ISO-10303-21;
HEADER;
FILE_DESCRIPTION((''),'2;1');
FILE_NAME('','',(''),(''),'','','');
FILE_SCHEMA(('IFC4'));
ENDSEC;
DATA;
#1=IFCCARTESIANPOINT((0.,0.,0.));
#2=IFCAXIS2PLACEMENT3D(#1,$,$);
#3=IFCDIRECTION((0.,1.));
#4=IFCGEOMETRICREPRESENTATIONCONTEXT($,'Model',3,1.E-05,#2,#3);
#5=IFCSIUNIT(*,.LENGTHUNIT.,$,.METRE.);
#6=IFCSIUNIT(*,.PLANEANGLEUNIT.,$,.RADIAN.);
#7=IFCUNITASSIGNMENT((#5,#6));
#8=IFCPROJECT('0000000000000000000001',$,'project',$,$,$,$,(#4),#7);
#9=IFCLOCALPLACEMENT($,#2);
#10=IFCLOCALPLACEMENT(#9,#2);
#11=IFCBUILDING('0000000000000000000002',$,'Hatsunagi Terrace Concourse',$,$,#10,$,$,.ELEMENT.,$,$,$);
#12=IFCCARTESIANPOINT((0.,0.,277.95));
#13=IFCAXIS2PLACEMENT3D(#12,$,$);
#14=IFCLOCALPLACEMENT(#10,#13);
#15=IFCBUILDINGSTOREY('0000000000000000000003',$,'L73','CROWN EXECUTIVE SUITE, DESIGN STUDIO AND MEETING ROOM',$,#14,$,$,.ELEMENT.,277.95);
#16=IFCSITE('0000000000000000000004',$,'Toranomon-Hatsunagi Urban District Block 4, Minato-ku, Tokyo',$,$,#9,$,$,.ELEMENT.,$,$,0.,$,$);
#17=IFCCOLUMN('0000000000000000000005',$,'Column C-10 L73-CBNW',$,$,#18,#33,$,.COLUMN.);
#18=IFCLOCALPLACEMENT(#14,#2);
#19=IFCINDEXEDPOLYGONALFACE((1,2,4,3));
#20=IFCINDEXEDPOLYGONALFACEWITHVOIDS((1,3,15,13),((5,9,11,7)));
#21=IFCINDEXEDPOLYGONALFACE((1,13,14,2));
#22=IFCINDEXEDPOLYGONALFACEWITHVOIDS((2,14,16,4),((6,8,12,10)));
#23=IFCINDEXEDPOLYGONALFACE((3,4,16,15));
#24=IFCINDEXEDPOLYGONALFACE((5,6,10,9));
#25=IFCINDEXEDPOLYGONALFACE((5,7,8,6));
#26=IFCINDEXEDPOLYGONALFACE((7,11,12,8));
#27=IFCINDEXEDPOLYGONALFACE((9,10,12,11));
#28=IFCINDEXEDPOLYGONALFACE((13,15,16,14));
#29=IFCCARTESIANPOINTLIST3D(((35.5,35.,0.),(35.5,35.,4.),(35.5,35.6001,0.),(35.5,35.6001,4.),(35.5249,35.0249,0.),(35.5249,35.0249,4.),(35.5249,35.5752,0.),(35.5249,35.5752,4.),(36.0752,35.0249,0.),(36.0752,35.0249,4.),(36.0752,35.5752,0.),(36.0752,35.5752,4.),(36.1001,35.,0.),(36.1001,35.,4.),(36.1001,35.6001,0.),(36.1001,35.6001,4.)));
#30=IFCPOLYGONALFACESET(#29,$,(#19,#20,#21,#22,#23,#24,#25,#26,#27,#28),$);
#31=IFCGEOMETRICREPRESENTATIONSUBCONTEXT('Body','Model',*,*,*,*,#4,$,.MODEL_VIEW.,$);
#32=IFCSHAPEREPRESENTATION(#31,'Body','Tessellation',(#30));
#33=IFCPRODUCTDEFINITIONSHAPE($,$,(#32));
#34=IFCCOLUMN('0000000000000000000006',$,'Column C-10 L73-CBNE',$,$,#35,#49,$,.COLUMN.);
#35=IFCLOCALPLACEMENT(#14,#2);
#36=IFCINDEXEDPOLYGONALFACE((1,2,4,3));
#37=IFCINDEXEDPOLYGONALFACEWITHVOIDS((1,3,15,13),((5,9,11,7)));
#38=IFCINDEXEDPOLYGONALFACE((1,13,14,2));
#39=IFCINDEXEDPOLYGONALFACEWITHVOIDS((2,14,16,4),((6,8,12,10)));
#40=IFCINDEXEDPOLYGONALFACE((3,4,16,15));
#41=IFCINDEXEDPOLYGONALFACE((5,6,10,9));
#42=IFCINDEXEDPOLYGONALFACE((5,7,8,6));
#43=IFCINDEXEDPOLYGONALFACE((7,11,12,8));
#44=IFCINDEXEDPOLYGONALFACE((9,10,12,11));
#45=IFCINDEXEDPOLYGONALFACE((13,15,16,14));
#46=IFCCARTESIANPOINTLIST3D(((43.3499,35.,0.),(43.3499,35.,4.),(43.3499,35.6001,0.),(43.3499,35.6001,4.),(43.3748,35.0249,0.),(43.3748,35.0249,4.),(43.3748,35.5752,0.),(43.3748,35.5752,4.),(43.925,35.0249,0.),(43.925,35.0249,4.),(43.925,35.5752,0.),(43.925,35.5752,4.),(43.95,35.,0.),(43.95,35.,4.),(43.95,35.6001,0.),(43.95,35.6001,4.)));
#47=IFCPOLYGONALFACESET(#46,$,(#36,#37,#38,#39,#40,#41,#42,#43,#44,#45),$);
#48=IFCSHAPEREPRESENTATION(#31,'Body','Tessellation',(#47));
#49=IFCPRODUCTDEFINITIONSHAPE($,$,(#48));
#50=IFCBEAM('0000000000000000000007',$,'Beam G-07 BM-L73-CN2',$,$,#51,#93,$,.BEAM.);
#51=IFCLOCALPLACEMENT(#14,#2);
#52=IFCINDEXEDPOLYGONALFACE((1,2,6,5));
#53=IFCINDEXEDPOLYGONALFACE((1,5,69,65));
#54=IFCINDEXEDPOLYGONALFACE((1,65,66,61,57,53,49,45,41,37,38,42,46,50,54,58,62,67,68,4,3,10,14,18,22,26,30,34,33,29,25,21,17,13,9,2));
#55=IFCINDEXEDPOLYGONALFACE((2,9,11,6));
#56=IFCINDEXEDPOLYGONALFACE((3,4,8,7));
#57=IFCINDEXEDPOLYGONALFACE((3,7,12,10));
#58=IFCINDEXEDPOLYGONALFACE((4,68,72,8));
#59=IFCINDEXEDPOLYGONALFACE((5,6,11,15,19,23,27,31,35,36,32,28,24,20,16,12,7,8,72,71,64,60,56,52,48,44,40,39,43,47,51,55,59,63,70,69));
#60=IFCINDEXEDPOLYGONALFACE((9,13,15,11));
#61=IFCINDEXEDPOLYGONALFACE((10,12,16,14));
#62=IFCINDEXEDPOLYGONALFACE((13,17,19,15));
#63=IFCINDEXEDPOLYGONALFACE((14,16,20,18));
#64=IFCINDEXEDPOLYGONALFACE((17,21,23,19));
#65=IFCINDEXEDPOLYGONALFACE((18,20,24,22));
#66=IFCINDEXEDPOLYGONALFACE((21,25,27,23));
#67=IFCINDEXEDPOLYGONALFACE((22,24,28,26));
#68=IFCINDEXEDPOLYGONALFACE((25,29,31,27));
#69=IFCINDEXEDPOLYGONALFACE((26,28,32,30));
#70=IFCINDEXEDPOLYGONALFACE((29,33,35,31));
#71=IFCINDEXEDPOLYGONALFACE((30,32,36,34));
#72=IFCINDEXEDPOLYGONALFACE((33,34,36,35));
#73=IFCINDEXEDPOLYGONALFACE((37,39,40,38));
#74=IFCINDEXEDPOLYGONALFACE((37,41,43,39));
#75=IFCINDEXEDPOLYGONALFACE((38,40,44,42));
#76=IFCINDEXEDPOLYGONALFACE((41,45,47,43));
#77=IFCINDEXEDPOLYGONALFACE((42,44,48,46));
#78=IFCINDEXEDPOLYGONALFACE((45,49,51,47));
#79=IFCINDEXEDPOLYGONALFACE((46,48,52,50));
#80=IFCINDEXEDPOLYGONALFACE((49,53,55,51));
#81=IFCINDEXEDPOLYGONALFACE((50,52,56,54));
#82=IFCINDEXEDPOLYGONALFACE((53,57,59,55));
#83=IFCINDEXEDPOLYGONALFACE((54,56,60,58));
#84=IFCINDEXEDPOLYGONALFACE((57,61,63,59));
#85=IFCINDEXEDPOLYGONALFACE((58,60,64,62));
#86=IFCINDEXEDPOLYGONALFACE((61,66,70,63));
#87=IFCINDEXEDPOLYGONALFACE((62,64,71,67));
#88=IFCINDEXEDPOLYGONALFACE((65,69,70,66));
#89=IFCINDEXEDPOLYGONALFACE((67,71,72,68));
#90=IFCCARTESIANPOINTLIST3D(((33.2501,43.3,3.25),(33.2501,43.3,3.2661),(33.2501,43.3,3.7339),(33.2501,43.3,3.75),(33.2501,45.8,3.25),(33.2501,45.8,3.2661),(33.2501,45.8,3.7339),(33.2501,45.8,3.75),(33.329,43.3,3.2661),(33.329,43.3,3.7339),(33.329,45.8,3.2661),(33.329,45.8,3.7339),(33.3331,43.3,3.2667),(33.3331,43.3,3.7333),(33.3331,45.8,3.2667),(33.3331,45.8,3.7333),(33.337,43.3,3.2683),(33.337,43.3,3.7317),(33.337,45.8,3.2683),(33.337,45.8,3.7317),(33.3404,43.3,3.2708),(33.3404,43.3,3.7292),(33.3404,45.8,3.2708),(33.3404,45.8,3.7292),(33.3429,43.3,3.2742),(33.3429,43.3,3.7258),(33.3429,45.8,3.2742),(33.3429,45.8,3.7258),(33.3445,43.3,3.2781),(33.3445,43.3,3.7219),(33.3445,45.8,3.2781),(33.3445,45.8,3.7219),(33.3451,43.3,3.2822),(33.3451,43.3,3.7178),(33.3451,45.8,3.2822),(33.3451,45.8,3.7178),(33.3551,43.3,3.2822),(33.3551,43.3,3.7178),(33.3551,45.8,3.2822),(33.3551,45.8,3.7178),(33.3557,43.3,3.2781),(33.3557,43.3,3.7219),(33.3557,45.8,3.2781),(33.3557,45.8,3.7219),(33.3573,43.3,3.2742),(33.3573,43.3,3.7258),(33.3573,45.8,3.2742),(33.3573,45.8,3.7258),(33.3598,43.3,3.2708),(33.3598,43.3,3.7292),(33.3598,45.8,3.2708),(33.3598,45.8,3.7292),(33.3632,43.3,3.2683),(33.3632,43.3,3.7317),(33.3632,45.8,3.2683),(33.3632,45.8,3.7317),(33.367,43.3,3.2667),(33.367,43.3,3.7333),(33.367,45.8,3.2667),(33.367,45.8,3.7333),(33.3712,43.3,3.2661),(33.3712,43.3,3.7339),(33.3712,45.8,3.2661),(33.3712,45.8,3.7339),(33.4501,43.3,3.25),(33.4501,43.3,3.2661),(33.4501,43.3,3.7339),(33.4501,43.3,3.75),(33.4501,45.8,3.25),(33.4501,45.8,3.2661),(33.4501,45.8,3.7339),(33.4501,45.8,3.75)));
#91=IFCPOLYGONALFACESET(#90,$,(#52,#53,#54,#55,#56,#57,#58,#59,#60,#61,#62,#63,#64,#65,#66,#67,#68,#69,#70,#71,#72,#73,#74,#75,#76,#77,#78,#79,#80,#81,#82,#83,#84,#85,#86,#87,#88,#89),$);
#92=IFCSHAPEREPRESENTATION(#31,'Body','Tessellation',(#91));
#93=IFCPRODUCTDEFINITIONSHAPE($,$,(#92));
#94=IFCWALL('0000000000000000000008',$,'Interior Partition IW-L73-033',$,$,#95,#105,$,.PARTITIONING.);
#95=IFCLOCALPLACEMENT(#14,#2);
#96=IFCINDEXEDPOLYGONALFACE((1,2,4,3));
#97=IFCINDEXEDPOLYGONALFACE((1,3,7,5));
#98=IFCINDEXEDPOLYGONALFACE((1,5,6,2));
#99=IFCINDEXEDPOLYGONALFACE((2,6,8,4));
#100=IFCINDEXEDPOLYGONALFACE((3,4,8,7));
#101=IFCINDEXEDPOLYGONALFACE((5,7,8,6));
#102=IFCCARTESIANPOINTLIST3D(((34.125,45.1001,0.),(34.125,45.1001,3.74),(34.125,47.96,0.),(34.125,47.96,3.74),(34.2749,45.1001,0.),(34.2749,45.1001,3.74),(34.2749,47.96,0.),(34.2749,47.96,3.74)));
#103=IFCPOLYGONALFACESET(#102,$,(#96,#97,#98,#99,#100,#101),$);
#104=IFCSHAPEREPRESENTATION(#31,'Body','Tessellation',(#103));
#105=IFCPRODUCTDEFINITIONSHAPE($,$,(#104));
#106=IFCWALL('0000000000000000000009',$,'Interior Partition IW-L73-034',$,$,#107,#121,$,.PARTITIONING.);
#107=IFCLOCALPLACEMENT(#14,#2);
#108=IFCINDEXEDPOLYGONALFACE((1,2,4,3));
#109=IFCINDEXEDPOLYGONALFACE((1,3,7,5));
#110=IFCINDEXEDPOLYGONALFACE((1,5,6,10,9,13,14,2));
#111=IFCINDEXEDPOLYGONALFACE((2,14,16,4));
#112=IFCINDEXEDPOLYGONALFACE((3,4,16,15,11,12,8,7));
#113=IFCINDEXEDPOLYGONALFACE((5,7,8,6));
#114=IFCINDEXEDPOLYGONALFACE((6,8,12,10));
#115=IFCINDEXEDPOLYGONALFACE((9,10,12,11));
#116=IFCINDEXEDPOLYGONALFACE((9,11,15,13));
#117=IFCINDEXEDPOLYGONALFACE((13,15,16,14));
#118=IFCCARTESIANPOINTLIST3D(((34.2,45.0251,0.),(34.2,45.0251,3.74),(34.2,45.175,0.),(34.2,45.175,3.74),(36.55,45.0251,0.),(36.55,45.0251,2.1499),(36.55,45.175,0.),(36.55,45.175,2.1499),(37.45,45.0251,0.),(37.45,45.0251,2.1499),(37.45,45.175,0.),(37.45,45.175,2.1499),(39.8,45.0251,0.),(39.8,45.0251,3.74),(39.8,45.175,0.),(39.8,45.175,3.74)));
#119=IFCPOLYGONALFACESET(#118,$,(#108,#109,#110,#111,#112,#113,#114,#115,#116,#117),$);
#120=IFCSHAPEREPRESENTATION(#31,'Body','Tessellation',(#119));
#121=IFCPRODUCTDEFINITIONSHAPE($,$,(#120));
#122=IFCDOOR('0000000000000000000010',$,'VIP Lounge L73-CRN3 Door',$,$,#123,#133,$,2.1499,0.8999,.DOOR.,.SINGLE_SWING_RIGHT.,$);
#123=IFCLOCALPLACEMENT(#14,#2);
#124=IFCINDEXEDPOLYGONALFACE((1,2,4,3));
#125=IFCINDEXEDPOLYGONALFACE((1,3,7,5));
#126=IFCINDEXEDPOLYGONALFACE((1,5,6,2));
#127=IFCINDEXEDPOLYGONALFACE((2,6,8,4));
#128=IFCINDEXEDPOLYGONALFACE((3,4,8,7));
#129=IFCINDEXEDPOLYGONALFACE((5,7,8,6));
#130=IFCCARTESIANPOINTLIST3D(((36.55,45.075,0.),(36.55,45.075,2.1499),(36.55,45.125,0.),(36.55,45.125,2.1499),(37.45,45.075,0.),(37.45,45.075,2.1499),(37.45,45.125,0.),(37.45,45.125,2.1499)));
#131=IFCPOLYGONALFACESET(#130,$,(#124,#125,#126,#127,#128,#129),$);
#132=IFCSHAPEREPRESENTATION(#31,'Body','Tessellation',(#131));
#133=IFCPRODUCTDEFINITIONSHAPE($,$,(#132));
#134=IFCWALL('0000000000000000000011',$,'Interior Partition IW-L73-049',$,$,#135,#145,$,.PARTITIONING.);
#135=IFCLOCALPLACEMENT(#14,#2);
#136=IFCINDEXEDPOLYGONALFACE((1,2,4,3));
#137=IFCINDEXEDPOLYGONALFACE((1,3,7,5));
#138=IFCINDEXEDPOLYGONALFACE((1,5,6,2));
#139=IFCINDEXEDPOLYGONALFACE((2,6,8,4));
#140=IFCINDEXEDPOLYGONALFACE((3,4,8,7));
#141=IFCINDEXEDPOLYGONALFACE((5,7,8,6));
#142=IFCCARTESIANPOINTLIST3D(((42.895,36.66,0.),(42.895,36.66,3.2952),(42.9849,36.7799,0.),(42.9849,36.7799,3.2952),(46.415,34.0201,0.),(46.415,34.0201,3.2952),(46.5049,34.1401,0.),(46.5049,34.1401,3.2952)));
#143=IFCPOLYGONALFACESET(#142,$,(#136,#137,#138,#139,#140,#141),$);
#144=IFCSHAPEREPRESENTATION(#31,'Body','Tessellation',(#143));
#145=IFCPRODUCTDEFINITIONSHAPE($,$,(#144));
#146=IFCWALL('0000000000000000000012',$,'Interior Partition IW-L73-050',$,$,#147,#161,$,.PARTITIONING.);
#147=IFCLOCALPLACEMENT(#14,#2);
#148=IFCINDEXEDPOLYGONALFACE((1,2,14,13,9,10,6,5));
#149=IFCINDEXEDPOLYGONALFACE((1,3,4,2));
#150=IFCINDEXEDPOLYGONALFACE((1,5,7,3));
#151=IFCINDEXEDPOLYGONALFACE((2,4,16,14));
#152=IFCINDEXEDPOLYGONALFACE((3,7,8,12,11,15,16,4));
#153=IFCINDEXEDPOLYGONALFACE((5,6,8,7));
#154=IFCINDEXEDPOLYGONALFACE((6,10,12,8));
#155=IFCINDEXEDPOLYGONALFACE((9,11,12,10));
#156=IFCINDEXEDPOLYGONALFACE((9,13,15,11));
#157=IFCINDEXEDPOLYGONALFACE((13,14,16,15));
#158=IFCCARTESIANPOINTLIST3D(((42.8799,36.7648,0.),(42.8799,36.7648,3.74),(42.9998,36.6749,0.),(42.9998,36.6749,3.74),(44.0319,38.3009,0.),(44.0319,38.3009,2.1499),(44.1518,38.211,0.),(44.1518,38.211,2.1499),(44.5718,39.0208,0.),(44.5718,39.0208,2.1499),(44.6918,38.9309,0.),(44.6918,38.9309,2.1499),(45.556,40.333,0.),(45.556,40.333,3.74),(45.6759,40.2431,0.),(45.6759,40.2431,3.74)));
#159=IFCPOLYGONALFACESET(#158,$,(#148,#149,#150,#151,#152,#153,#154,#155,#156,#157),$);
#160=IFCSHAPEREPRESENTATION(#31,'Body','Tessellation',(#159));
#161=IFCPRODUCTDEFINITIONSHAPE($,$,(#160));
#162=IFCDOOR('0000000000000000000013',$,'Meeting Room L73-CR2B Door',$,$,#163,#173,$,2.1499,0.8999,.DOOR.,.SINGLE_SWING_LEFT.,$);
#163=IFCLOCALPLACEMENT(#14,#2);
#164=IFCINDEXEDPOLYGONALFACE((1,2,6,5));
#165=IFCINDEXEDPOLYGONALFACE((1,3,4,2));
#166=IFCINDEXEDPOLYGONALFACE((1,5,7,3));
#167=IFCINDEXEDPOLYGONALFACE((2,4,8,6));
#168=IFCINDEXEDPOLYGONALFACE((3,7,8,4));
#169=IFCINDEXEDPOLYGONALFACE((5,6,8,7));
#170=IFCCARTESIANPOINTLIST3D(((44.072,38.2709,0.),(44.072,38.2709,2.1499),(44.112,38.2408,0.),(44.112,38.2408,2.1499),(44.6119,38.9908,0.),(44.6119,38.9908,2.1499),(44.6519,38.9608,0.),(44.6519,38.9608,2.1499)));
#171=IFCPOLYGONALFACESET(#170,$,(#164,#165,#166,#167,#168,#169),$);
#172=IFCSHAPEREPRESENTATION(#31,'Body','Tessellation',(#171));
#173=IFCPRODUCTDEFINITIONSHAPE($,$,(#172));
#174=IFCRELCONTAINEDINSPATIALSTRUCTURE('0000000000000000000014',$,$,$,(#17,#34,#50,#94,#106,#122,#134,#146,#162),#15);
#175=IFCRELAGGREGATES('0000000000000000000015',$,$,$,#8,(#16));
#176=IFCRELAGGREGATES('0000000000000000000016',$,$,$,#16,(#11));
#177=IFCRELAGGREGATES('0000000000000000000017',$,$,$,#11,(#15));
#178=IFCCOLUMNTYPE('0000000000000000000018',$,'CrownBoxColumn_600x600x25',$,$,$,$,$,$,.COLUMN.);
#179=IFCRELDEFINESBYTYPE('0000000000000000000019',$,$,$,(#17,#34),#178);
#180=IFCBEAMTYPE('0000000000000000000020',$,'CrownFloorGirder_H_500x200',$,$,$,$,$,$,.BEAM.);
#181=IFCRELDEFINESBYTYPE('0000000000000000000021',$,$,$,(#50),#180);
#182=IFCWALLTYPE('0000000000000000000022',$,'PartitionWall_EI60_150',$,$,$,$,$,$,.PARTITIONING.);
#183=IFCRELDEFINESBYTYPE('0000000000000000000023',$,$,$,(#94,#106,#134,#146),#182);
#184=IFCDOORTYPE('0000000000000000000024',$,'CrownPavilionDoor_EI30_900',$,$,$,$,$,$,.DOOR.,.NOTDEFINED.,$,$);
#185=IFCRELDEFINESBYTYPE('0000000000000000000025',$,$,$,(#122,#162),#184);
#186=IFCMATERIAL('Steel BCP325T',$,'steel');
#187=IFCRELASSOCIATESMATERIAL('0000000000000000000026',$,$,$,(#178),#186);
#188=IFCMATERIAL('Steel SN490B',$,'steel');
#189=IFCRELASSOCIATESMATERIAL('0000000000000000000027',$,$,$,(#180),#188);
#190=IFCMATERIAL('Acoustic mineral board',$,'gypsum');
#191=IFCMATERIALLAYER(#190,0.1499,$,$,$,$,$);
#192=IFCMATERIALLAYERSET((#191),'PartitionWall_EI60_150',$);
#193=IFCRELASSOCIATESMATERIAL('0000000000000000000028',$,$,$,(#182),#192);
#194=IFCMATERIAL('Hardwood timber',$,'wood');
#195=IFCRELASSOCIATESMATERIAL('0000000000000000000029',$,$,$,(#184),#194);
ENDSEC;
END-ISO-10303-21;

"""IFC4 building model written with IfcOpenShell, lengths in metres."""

from ifc_helpers import new_model, si_unit, direction, frame, frame_2d, origin, origin_2d, place, context, subcontext, project, spatial, rectangle, hollow_rectangle, i_section, extrude, material, layer, layer_set, material_profile, profile_set, type_object, element, fill, save


model = new_model("IFC4")

# Units and contexts
model_context = context("Model", 3, precision=1e-05, world=origin(), true_north=direction((0.0, 1.0)))
body_context = subcontext(model_context, "Body", "Model", "MODEL_VIEW")
ifc_project = project(units=[si_unit("LENGTHUNIT", "METRE"), si_unit("PLANEANGLEUNIT", "RADIAN")], contexts=[model_context])

# Site, building, storey
site_placement = place(None, origin())
site = spatial("IfcSite", under=ifc_project, at=site_placement, Name="Toranomon-Hatsunagi Urban District Block 4, Minato-ku, Tokyo", CompositionType="ELEMENT", RefElevation=0.0)
building_placement = place(site_placement, origin())
building = spatial("IfcBuilding", under=site, at=building_placement, Name="Hatsunagi Terrace Concourse", CompositionType="ELEMENT")
storey_placement = place(building_placement, frame((0.0, 0.0, 277.95)))
storey = spatial("IfcBuildingStorey", under=building, at=storey_placement, Name="L73", Description="CROWN EXECUTIVE SUITE, DESIGN STUDIO AND MEETING ROOM", CompositionType="ELEMENT", Elevation=277.95)

# Columns
ifc_material_1 = material(Name="Steel BCP325T", Category="steel")
ifc_material_profile_1 = material_profile(ifc_material_1, hollow_rectangle(XDim=0.6001, YDim=0.6001, WallThickness=0.0249, at=origin_2d()), Name="BCP-600x600x25")
ifc_profile_set_1 = profile_set([ifc_material_profile_1], Name="Steel BCP325T")
column_type = type_object("IfcColumnType", Name="CrownBoxColumn_600x600x25", PredefinedType="COLUMN", material=ifc_profile_set_1)
for number, where, z_axis, x_axis, name in (
    (1, (35.8, 35.3, 0.0), (0.0, 0.0, 1.0), (1.0, 0.0, 0.0), "Column C-10 L73-CBNW"),
    (2, (43.6499, 35.3, 0.0), (0.0, 0.0, 1.0), (1.0, 0.0, 0.0), "Column C-10 L73-CBNE"),
):
    element("IfcColumn", number, at=place(storey_placement, frame(where, z_axis=z_axis, x_axis=x_axis)), inside=storey, type_object=column_type, Name=name, PredefinedType="COLUMN", context=body_context, shape_type="SweptSolid", body=[
        extrude(hollow_rectangle(XDim=0.6001, YDim=0.6001, WallThickness=0.0249, at=origin_2d()), origin(), (0.0, 0.0, 1.0), 4.0),
    ])

# Beam
ifc_material_2 = material(Name="Steel SN490B", Category="steel")
ifc_material_profile_2 = material_profile(ifc_material_2, i_section(OverallWidth=0.2, OverallDepth=0.5, WebThickness=0.01, FlangeThickness=0.0161, FilletRadius=0.0161, at=origin_2d()), Name="H-500x200x10x16")
ifc_profile_set_2 = profile_set([ifc_material_profile_2], Name="Steel SN490B")
beam_type = type_object("IfcBeamType", Name="CrownFloorGirder_H_500x200", PredefinedType="BEAM", material=ifc_profile_set_2)
beam_placement = place(storey_placement, frame((33.3501, 43.3, 3.5), z_axis=(0.0, 1.0, 0.0), x_axis=(-1.0, 0.0, 0.0)))
element("IfcBeam", 3, at=beam_placement, inside=storey, type_object=beam_type, Name="Beam G-07 BM-L73-CN2", PredefinedType="BEAM", context=body_context, shape_type="SweptSolid", body=[
    extrude(i_section(OverallWidth=0.2, OverallDepth=0.5, WebThickness=0.01, FlangeThickness=0.0161, FilletRadius=0.0161, at=origin_2d()), origin(), (0.0, 0.0, 1.0), 2.5),
])

# Wall
ifc_material_3 = material(Name="Acoustic mineral board", Category="gypsum")
ifc_layer_1 = layer(ifc_material_3, 0.1499)
ifc_layer_set_1 = layer_set([ifc_layer_1], Name="PartitionWall_EI60_150")
wall_type_1 = type_object("IfcWallType", Name="PartitionWall_EI60_150", PredefinedType="PARTITIONING", material=ifc_layer_set_1)
wall_1_placement = place(storey_placement, frame((34.2, 45.1001, 0.0), z_axis=(0.0, 0.0, 1.0), x_axis=(0.0, 1.0, 0.0)))
element("IfcWall", 4, at=wall_1_placement, inside=storey, type_object=wall_type_1, Name="Interior Partition IW-L73-033", PredefinedType="PARTITIONING", context=body_context, shape_type="SweptSolid", body=[
    extrude(rectangle(XDim=2.8599, YDim=0.1499, at=frame_2d((1.4299, 0.0))), origin(), (0.0, 0.0, 1.0), 3.74),
])

# Wall, opening, door
wall_2_placement = place(storey_placement, frame((34.2, 45.1001, 0.0), z_axis=(0.0, 0.0, 1.0), x_axis=(1.0, 0.0, 0.0)))
wall_2 = element("IfcWall", 5, at=wall_2_placement, inside=storey, type_object=wall_type_1, Name="Interior Partition IW-L73-034", PredefinedType="PARTITIONING", context=body_context, shape_type="SweptSolid", body=[
    extrude(rectangle(XDim=5.6001, YDim=0.1499, at=frame_2d((2.8, 0.0))), origin(), (0.0, 0.0, 1.0), 3.74),
])
opening_1_placement = place(wall_2_placement, frame((2.3501, 0.0, 0.0)))
opening_1 = element("IfcOpeningElement", 6, at=opening_1_placement, cuts=wall_2, PredefinedType="OPENING", context=body_context, shape_type="SweptSolid", body=[
    extrude(rectangle(XDim=0.8999, YDim=2.1499, at=frame_2d((0.45, 1.075))), frame((0.0, 0.085, 0.0), z_axis=(0.0, -1.0, 0.0), x_axis=(1.0, 0.0, 0.0)), (0.0, 0.0, 1.0), 0.1699),
])
ifc_material_4 = material(Name="Hardwood timber", Category="wood")
door_type_1 = type_object("IfcDoorType", Name="CrownPavilionDoor_EI30_900", OperationType="NOTDEFINED", PredefinedType="DOOR", material=ifc_material_4)
door_1_placement = place(opening_1_placement, origin())
door_1 = element("IfcDoor", 7, at=door_1_placement, inside=storey, type_object=door_type_1, Name="VIP Lounge L73-CRN3 Door", OperationType="SINGLE_SWING_RIGHT", OverallHeight=2.1499, OverallWidth=0.8999, PredefinedType="DOOR", context=body_context, shape_type="SweptSolid", body=[
    extrude(rectangle(XDim=0.8999, YDim=2.1499, at=frame_2d((0.45, 1.075))), frame((0.0, 0.0249, 0.0), z_axis=(0.0, -1.0, 0.0), x_axis=(1.0, 0.0, 0.0)), (0.0, 0.0, 1.0), 0.05),
])
fill(opening_1, door_1)

# Wall
wall_3_placement = place(storey_placement, frame((42.9399, 36.72, 0.0), z_axis=(0.0, 0.0, 1.0), x_axis=(0.800013, -0.599982, 0.0)))
element("IfcWall", 8, at=wall_3_placement, inside=storey, type_object=wall_type_1, Name="Interior Partition IW-L73-049", PredefinedType="PARTITIONING", context=body_context, shape_type="SweptSolid", body=[
    extrude(rectangle(XDim=4.3999, YDim=0.1499, at=frame_2d((2.2, 0.0))), origin(), (0.0, 0.0, 1.0), 3.2952),
])

# Wall, opening, door
wall_4_placement = place(storey_placement, frame((42.9399, 36.72, 0.0), z_axis=(0.0, 0.0, 1.0), x_axis=(0.599991, 0.800007, 0.0)))
wall_4 = element("IfcWall", 9, at=wall_4_placement, inside=storey, type_object=wall_type_1, Name="Interior Partition IW-L73-050", PredefinedType="PARTITIONING", context=body_context, shape_type="SweptSolid", body=[
    extrude(rectangle(XDim=4.4602, YDim=0.1499, at=frame_2d((2.23, 0.0))), origin(), (0.0, 0.0, 1.0), 3.74),
])
opening_2_placement = place(wall_4_placement, frame((1.9199, 0.0, 0.0)))
opening_2 = element("IfcOpeningElement", 10, at=opening_2_placement, cuts=wall_4, PredefinedType="OPENING", context=body_context, shape_type="SweptSolid", body=[
    extrude(rectangle(XDim=0.8999, YDim=2.1499, at=frame_2d((0.45, 1.075))), frame((0.0, 0.085, 0.0), z_axis=(0.0, -1.0, 0.0), x_axis=(1.0, 0.0, 0.0)), (0.0, 0.0, 1.0), 0.1699),
])
door_2_placement = place(opening_2_placement, origin())
door_2 = element("IfcDoor", 11, at=door_2_placement, inside=storey, type_object=door_type_1, Name="Meeting Room L73-CR2B Door", OperationType="SINGLE_SWING_LEFT", OverallHeight=2.1499, OverallWidth=0.8999, PredefinedType="DOOR", context=body_context, shape_type="SweptSolid", body=[
    extrude(rectangle(XDim=0.8999, YDim=2.1499, at=frame_2d((0.45, 1.075))), frame((0.0, 0.0249, 0.0), z_axis=(0.0, -1.0, 0.0), x_axis=(1.0, 0.0, 0.0)), (0.0, 0.0, 1.0), 0.05),
])
fill(opening_2, door_2)

save(model, "model.ifc")
